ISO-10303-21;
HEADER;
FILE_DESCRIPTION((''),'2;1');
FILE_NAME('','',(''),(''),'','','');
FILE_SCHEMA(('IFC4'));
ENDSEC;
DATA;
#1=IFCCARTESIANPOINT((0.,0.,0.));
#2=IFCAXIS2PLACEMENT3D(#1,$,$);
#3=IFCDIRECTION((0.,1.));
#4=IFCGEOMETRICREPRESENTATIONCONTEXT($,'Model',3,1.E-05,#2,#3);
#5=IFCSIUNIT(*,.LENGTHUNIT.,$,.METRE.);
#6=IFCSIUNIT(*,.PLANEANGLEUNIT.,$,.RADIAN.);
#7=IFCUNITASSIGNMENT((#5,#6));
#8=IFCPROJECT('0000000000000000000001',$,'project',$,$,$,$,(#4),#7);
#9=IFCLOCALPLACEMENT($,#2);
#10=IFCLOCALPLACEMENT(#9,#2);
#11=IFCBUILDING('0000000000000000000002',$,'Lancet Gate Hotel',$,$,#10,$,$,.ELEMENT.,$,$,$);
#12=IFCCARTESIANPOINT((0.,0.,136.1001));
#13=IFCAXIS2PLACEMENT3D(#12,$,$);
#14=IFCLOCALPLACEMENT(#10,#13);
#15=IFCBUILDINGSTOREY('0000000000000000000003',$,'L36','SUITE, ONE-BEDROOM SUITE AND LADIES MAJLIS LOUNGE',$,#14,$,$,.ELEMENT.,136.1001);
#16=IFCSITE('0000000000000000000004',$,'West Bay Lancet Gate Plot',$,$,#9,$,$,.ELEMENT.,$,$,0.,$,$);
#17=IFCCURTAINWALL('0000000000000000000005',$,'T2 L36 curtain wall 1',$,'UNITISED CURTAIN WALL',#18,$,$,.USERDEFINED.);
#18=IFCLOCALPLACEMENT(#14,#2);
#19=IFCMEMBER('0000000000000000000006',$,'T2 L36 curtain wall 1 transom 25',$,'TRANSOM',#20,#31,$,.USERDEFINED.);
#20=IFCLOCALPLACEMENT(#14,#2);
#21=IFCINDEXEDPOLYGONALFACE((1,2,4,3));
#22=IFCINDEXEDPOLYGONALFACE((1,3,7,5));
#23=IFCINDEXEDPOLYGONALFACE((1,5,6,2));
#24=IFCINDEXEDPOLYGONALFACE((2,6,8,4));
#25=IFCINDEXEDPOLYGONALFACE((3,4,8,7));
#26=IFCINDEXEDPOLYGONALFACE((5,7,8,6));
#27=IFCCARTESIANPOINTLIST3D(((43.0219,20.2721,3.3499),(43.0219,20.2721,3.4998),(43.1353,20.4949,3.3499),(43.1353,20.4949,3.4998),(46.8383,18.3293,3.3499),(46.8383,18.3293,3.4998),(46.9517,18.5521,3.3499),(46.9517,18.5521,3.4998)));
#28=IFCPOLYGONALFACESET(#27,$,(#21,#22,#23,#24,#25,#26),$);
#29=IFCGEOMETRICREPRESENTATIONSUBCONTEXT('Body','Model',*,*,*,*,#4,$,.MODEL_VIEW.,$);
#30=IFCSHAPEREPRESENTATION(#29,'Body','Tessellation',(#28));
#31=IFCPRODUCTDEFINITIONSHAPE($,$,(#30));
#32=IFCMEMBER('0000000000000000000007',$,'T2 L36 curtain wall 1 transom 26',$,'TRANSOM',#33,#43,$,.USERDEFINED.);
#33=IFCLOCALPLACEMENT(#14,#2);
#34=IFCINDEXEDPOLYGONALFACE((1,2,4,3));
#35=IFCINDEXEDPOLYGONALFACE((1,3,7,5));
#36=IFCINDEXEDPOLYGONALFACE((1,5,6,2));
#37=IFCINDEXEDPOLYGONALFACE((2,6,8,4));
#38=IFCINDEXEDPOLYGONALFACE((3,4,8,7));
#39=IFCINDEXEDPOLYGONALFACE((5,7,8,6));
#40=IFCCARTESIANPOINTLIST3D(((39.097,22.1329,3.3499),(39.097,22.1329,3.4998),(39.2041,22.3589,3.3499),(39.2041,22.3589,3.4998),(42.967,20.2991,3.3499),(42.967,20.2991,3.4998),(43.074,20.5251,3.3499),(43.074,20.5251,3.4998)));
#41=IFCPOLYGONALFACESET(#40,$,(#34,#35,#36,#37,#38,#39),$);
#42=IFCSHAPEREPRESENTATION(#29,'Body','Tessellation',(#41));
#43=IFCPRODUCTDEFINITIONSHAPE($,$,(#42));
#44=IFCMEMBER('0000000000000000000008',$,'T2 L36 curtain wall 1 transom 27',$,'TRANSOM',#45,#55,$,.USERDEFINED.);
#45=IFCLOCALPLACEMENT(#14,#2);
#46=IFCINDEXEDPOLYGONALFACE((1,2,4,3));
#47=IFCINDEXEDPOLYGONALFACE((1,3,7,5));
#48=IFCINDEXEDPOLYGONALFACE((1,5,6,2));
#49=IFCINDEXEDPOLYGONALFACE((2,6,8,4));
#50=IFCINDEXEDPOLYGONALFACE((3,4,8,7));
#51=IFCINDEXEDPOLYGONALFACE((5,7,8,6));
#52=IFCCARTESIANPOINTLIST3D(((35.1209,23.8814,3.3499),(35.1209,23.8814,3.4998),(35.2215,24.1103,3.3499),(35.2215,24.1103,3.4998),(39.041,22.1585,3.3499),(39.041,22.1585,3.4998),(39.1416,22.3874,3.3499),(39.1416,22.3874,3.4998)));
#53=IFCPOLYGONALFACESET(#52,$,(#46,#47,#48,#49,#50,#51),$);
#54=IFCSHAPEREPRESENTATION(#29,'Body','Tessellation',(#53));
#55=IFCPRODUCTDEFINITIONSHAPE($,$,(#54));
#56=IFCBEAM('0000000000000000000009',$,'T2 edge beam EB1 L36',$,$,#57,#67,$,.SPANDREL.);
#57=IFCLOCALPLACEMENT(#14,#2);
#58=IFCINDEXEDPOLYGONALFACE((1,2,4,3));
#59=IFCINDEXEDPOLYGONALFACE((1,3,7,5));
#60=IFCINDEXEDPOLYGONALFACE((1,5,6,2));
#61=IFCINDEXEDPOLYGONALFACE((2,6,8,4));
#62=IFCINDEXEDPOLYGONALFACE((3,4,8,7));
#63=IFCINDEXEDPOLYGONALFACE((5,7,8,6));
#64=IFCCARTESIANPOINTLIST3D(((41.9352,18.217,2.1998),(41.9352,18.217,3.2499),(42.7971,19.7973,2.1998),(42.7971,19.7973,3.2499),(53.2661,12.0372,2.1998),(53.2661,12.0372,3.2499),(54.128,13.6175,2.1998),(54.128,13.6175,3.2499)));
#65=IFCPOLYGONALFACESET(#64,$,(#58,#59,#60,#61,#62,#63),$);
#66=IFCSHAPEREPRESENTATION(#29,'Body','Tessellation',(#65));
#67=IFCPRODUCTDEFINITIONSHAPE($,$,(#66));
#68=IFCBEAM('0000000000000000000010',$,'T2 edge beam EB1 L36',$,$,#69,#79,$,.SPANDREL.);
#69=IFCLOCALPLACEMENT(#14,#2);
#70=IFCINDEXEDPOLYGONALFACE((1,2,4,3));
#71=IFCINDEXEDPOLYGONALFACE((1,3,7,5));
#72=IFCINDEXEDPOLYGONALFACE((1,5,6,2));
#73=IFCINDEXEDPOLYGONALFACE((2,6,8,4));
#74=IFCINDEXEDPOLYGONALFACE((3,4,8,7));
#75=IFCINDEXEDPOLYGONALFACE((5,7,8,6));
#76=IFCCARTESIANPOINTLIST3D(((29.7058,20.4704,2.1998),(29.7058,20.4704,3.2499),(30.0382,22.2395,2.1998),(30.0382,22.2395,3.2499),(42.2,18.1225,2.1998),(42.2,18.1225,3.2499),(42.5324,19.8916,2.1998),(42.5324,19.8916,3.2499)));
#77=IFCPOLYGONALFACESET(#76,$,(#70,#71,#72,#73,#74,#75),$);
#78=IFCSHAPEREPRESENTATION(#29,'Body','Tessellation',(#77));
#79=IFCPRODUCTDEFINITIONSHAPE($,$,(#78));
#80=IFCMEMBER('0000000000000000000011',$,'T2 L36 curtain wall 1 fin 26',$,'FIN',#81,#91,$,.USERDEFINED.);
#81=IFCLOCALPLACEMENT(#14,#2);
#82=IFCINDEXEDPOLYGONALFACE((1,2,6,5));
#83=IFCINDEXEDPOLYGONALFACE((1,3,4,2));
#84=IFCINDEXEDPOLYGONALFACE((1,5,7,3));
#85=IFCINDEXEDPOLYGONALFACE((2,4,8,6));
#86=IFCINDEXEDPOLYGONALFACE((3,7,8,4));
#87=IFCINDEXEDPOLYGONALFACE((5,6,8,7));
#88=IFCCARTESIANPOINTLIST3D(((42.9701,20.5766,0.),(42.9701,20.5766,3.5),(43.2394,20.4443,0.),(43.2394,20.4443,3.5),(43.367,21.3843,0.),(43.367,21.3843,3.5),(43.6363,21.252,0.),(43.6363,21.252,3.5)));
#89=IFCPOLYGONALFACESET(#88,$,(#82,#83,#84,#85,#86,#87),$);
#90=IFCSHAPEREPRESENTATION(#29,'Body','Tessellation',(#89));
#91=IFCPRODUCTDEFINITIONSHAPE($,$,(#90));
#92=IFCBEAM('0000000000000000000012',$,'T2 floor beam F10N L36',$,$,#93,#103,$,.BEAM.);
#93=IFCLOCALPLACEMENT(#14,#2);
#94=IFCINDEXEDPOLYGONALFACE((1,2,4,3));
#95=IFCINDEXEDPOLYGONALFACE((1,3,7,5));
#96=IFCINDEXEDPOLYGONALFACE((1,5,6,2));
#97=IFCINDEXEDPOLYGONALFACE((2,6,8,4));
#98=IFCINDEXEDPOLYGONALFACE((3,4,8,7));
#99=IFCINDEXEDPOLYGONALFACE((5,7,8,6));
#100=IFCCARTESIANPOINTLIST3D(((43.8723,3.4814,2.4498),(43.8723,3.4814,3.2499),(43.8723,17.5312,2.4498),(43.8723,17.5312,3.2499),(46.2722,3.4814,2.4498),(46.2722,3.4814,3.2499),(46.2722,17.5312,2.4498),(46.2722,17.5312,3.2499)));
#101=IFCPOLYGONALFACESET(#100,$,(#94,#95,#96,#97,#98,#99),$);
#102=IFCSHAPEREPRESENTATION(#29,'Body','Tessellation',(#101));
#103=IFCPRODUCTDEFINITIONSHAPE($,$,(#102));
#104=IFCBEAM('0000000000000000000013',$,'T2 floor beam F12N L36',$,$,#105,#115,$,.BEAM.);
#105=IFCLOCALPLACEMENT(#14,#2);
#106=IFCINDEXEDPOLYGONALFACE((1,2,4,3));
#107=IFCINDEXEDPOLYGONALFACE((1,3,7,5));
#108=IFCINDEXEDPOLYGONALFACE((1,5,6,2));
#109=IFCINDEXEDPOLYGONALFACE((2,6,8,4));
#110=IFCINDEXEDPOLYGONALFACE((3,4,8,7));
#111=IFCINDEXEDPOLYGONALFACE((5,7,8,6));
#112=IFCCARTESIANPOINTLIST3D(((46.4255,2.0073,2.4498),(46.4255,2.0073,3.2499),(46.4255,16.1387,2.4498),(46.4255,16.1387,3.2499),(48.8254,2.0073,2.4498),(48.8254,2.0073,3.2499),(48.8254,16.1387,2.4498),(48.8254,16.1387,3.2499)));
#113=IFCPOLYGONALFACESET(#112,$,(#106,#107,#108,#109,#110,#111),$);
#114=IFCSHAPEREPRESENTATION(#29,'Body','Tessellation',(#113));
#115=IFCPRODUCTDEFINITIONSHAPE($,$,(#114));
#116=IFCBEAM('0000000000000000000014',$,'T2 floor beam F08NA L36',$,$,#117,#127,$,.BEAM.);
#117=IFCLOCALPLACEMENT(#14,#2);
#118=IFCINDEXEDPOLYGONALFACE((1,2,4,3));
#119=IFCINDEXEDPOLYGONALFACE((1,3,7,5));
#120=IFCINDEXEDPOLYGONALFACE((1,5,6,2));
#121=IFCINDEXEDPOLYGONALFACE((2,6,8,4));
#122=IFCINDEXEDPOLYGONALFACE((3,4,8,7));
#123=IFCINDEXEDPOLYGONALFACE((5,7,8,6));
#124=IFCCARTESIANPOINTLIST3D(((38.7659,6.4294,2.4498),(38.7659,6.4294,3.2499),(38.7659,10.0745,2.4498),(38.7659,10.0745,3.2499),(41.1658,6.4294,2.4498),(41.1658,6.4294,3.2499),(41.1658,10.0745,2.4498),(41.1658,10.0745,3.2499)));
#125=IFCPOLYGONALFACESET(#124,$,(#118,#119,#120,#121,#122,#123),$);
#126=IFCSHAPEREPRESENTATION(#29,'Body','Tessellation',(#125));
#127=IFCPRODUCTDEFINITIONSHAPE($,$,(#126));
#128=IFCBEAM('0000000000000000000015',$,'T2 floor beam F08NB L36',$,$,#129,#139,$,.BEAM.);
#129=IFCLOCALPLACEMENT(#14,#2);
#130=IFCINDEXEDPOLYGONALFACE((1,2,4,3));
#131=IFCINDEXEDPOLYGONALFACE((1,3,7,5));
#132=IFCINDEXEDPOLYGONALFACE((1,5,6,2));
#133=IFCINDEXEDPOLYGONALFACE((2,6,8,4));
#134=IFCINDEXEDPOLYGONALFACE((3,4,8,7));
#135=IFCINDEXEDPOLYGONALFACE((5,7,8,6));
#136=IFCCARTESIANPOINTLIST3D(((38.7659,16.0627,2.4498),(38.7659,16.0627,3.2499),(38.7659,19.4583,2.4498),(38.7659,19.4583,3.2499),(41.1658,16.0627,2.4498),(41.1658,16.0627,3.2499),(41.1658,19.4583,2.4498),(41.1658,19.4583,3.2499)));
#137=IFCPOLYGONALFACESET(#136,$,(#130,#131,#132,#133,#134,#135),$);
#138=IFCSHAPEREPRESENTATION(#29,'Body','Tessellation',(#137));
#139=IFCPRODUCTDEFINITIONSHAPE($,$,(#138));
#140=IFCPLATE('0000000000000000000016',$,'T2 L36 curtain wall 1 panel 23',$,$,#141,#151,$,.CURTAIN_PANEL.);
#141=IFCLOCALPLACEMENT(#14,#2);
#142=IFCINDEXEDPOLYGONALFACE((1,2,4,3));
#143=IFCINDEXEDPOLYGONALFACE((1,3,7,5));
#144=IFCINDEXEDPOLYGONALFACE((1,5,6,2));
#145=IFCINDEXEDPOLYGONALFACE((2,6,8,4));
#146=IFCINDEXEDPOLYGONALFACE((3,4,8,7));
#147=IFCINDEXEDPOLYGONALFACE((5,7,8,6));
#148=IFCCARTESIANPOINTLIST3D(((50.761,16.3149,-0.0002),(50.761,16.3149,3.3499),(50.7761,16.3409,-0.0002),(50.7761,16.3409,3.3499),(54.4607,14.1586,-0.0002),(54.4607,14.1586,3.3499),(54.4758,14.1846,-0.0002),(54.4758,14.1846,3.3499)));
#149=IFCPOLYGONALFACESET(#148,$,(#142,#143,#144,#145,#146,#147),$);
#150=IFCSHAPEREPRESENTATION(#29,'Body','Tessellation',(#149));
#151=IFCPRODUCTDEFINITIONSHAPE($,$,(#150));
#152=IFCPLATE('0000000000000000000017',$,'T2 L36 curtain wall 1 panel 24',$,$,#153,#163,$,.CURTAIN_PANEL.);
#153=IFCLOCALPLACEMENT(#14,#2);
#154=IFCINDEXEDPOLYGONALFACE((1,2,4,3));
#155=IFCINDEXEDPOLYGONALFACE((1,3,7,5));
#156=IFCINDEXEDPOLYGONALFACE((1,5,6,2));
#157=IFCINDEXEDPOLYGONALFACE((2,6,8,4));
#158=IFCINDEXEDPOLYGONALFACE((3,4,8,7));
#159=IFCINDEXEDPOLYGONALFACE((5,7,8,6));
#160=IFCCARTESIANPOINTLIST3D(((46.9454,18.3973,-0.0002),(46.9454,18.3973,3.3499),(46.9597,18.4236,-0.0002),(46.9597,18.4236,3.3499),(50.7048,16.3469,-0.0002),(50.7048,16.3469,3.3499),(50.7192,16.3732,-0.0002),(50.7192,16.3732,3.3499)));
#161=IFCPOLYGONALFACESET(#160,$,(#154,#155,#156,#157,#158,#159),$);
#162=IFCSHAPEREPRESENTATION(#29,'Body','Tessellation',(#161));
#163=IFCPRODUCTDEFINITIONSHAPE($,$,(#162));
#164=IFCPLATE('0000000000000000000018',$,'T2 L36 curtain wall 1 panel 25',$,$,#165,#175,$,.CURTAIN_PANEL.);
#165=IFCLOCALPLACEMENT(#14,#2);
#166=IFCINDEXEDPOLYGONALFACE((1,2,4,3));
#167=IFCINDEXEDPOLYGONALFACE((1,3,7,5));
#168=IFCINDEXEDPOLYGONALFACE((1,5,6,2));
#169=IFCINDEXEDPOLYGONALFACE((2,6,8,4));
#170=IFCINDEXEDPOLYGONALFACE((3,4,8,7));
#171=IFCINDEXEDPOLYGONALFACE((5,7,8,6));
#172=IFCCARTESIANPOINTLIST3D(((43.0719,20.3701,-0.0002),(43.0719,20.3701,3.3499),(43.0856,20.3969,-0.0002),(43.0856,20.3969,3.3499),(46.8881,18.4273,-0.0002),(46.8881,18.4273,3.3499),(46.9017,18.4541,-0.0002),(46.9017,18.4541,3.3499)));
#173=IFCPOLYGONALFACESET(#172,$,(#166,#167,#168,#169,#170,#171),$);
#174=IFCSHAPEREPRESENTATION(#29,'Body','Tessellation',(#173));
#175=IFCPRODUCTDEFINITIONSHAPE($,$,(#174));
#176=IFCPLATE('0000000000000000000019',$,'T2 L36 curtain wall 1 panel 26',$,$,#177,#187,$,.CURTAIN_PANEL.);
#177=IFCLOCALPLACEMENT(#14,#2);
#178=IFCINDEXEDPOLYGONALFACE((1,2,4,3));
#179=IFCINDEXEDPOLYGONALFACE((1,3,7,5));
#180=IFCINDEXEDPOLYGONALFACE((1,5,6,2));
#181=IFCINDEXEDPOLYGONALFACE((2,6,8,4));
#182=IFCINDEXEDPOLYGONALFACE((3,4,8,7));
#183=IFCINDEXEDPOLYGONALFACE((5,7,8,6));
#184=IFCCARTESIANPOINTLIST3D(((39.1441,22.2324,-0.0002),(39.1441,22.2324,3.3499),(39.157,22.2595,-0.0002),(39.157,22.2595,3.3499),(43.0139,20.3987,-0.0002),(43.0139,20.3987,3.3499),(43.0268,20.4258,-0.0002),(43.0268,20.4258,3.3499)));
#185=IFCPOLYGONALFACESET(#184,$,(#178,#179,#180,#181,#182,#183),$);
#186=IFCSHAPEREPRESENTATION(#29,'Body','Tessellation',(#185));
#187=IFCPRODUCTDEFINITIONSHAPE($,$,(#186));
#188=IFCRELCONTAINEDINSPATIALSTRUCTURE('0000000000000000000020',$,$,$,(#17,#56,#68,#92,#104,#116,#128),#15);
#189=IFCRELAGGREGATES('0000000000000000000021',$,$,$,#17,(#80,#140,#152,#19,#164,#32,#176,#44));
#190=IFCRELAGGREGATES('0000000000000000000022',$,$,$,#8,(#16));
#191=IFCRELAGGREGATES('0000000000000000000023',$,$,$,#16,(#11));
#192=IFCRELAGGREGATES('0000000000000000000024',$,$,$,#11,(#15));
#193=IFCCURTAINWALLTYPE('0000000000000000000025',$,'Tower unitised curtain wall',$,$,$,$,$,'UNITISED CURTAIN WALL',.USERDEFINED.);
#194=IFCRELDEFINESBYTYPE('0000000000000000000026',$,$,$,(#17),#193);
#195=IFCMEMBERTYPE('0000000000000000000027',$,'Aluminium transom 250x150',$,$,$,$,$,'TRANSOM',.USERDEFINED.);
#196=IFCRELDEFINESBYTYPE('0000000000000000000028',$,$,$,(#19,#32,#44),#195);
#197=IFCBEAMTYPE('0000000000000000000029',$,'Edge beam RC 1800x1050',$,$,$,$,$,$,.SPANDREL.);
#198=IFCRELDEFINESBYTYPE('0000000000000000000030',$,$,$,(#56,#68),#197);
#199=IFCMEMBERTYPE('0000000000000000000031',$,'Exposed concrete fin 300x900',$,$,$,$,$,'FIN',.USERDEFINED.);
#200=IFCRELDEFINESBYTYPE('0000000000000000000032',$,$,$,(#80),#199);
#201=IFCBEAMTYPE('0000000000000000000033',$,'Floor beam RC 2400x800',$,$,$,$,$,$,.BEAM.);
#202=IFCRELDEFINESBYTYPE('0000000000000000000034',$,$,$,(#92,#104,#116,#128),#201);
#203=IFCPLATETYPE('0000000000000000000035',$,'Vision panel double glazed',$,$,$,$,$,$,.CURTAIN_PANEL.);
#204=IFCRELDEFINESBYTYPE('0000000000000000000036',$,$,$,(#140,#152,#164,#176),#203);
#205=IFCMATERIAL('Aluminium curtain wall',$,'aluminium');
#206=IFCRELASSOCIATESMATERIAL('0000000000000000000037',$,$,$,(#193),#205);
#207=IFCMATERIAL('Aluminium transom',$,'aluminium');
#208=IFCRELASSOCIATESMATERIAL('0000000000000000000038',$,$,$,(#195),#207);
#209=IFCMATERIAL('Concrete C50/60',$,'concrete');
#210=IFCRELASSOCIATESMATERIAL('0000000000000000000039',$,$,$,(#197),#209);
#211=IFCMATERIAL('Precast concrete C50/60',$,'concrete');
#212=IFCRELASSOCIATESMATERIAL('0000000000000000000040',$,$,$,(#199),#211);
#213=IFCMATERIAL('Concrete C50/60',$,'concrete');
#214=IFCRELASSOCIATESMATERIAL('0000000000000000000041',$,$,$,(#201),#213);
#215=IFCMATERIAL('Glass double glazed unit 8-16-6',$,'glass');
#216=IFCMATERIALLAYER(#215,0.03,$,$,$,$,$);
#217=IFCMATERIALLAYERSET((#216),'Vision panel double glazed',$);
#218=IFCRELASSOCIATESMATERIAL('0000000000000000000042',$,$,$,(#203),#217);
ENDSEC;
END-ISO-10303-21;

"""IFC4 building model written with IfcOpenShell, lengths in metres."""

from ifc_helpers import new_model, si_unit, direction, frame, origin, origin_2d, place, context, subcontext, project, spatial, rectangle, extrude, material, layer, layer_set, material_profile, profile_set, type_object, element, aggregate, save


model = new_model("IFC4")

# Units and contexts
model_context = context("Model", 3, precision=1e-05, world=origin(), true_north=direction((0.0, 1.0)))
body_context = subcontext(model_context, "Body", "Model", "MODEL_VIEW")
ifc_project = project(units=[si_unit("LENGTHUNIT", "METRE"), si_unit("PLANEANGLEUNIT", "RADIAN")], contexts=[model_context])

# Site, building, storey
site_placement = place(None, origin())
site = spatial("IfcSite", under=ifc_project, at=site_placement, Name="West Bay Lancet Gate Plot", CompositionType="ELEMENT", RefElevation=0.0)
building_placement = place(site_placement, origin())
building = spatial("IfcBuilding", under=site, at=building_placement, Name="Lancet Gate Hotel", CompositionType="ELEMENT")
storey_placement = place(building_placement, frame((0.0, 0.0, 136.1001)))
storey = spatial("IfcBuildingStorey", under=building, at=storey_placement, Name="L36", Description="SUITE, ONE-BEDROOM SUITE AND LADIES MAJLIS LOUNGE", CompositionType="ELEMENT", Elevation=136.1001)

# Curtain wall, members
ifc_material_1 = material(Name="Aluminium curtain wall", Category="aluminium")
curtain_wall_type = type_object("IfcCurtainWallType", Name="Tower unitised curtain wall", ElementType="UNITISED CURTAIN WALL", PredefinedType="USERDEFINED", material=ifc_material_1)
curtain_wall_placement = place(storey_placement, origin())
curtain_wall = element("IfcCurtainWall", 1, at=curtain_wall_placement, inside=storey, type_object=curtain_wall_type, Name="T2 L36 curtain wall 1", ObjectType="UNITISED CURTAIN WALL", PredefinedType="USERDEFINED")
ifc_material_2 = material(Name="Aluminium transom", Category="aluminium")
ifc_material_profile_1 = material_profile(ifc_material_2, rectangle(XDim=0.25, YDim=0.1499, at=origin_2d()), Name="TRANSOM 250x150")
ifc_profile_set_1 = profile_set([ifc_material_profile_1], Name="Aluminium transom")
member_type_1 = type_object("IfcMemberType", Name="Aluminium transom 250x150", ElementType="TRANSOM", PredefinedType="USERDEFINED", material=ifc_profile_set_1)
member_1_placement = place(storey_placement, frame((46.895, 18.4407, 3.4248), z_axis=(-0.891166, 0.453678, 0.0), x_axis=(-0.453678, -0.891166, 0.0)))
member_1 = element("IfcMember", 2, at=member_1_placement, type_object=member_type_1, Name="T2 L36 curtain wall 1 transom 25", ObjectType="TRANSOM", PredefinedType="USERDEFINED", context=body_context, shape_type="SweptSolid", body=[
    extrude(rectangle(XDim=0.25, YDim=0.1499, at=origin_2d()), origin(), (0.0, 0.0, 1.0), 4.2825),
])
member_2_placement = place(storey_placement, frame((43.0205, 20.4121, 3.4248), z_axis=(-0.90368, 0.428209, 0.0), x_axis=(-0.428209, -0.90368, 0.0)))
member_2 = element("IfcMember", 3, at=member_2_placement, type_object=member_type_1, Name="T2 L36 curtain wall 1 transom 26", ObjectType="TRANSOM", PredefinedType="USERDEFINED", context=body_context, shape_type="SweptSolid", body=[
    extrude(rectangle(XDim=0.25, YDim=0.1499, at=origin_2d()), origin(), (0.0, 0.0, 1.0), 4.2825),
])
member_3_placement = place(storey_placement, frame((39.0913, 22.2729, 3.4248), z_axis=(-0.915485, 0.402353, 0.0), x_axis=(-0.402353, -0.915485, 0.0)))
member_3 = element("IfcMember", 4, at=member_3_placement, type_object=member_type_1, Name="T2 L36 curtain wall 1 transom 27", ObjectType="TRANSOM", PredefinedType="USERDEFINED", context=body_context, shape_type="SweptSolid", body=[
    extrude(rectangle(XDim=0.25, YDim=0.1499, at=origin_2d()), origin(), (0.0, 0.0, 1.0), 4.282),
])

# Beams
ifc_material_3 = material(Name="Concrete C50/60", Category="concrete")
ifc_material_profile_2 = material_profile(ifc_material_3, rectangle(XDim=1.8, YDim=1.05, at=origin_2d()), Name="RC 1800x1050")
ifc_profile_set_2 = profile_set([ifc_material_profile_2], Name="Concrete C50/60")
beam_type_1 = type_object("IfcBeamType", Name="Edge beam RC 1800x1050", PredefinedType="SPANDREL", material=ifc_profile_set_2)
beam_1_placement = place(storey_placement, frame((53.697, 12.8274, 2.7249), z_axis=(-0.87792, 0.478807, 0.0), x_axis=(-0.478807, -0.87792, 0.0)))
element("IfcBeam", 5, at=beam_1_placement, inside=storey, type_object=beam_type_1, Name="T2 edge beam EB1 L36", PredefinedType="SPANDREL", context=body_context, shape_type="SweptSolid", body=[
    extrude(rectangle(XDim=1.8, YDim=1.05, at=origin_2d()), origin(), (0.0, 0.0, 1.0), 12.9065),
])
beam_2_placement = place(storey_placement, frame((42.3662, 19.0071, 2.7249), z_axis=(-0.982797, 0.184687, 0.0), x_axis=(-0.184687, -0.982797, 0.0)))
element("IfcBeam", 6, at=beam_2_placement, inside=storey, type_object=beam_type_1, Name="T2 edge beam EB1 L36", PredefinedType="SPANDREL", context=body_context, shape_type="SweptSolid", body=[
    extrude(rectangle(XDim=1.8, YDim=1.05, at=origin_2d()), origin(), (0.0, 0.0, 1.0), 12.7129),
])

# Member
ifc_material_4 = material(Name="Precast concrete C50/60", Category="concrete")
ifc_material_profile_3 = material_profile(ifc_material_4, rectangle(XDim=0.3, YDim=0.8999, at=origin_2d()), Name="FIN 300x900")
ifc_profile_set_3 = profile_set([ifc_material_profile_3], Name="Precast concrete C50/60")
member_type_2 = type_object("IfcMemberType", Name="Exposed concrete fin 300x900", ElementType="FIN", PredefinedType="USERDEFINED", material=ifc_profile_set_3)
member_4_placement = place(storey_placement, frame((43.3032, 20.9143, 0.0), z_axis=(0.0, 0.0, 1.0), x_axis=(-0.897512, 0.44099, 0.0)))
member_4 = element("IfcMember", 7, at=member_4_placement, type_object=member_type_2, Name="T2 L36 curtain wall 1 fin 26", ObjectType="FIN", PredefinedType="USERDEFINED", context=body_context, shape_type="SweptSolid", body=[
    extrude(rectangle(XDim=0.3, YDim=0.8999, at=origin_2d()), origin(), (0.0, 0.0, 1.0), 3.5),
])

# Beams
ifc_material_5 = material(Name="Concrete C50/60", Category="concrete")
ifc_material_profile_4 = material_profile(ifc_material_5, rectangle(XDim=2.3999, YDim=0.8, at=origin_2d()), Name="RC 2400x800")
ifc_profile_set_4 = profile_set([ifc_material_profile_4], Name="Concrete C50/60")
beam_type_2 = type_object("IfcBeamType", Name="Floor beam RC 2400x800", PredefinedType="BEAM", material=ifc_profile_set_4)
beam_3_placement = place(storey_placement, frame((45.0723, 3.4814, 2.8499), z_axis=(0.0, 1.0, 0.0), x_axis=(-1.0, 0.0, 0.0)))
element("IfcBeam", 8, at=beam_3_placement, inside=storey, type_object=beam_type_2, Name="T2 floor beam F10N L36", PredefinedType="BEAM", context=body_context, shape_type="SweptSolid", body=[
    extrude(rectangle(XDim=2.3999, YDim=0.8, at=origin_2d()), origin(), (0.0, 0.0, 1.0), 14.0498),
])
beam_4_placement = place(storey_placement, frame((47.6255, 2.0073, 2.8499), z_axis=(0.0, 1.0, 0.0), x_axis=(-1.0, 0.0, 0.0)))
element("IfcBeam", 9, at=beam_4_placement, inside=storey, type_object=beam_type_2, Name="T2 floor beam F12N L36", PredefinedType="BEAM", context=body_context, shape_type="SweptSolid", body=[
    extrude(rectangle(XDim=2.3999, YDim=0.8, at=origin_2d()), origin(), (0.0, 0.0, 1.0), 14.1313),
])
beam_5_placement = place(storey_placement, frame((39.9658, 6.4294, 2.8499), z_axis=(0.0, 1.0, 0.0), x_axis=(-1.0, 0.0, 0.0)))
element("IfcBeam", 10, at=beam_5_placement, inside=storey, type_object=beam_type_2, Name="T2 floor beam F08NA L36", PredefinedType="BEAM", context=body_context, shape_type="SweptSolid", body=[
    extrude(rectangle(XDim=2.3999, YDim=0.8, at=origin_2d()), origin(), (0.0, 0.0, 1.0), 3.645),
])
beam_6_placement = place(storey_placement, frame((39.9658, 16.0627, 2.8499), z_axis=(0.0, 1.0, 0.0), x_axis=(-1.0, 0.0, 0.0)))
element("IfcBeam", 11, at=beam_6_placement, inside=storey, type_object=beam_type_2, Name="T2 floor beam F08NB L36", PredefinedType="BEAM", context=body_context, shape_type="SweptSolid", body=[
    extrude(rectangle(XDim=2.3999, YDim=0.8, at=origin_2d()), origin(), (0.0, 0.0, 1.0), 3.3955),
])

# Plates
ifc_material_6 = material(Name="Glass double glazed unit 8-16-6", Category="glass")
ifc_layer_1 = layer(ifc_material_6, 0.03)
ifc_layer_set_1 = layer_set([ifc_layer_1], Name="Vision panel double glazed")
plate_type = type_object("IfcPlateType", Name="Vision panel double glazed", PredefinedType="CURTAIN_PANEL", material=ifc_layer_set_1)
plate_1_placement = place(storey_placement, frame((52.6184, 15.2498, -0.0002), z_axis=(0.0, 0.0, 1.0), x_axis=(-0.863966, 0.503551, 0.0)))
plate_1 = element("IfcPlate", 12, at=plate_1_placement, type_object=plate_type, Name="T2 L36 curtain wall 1 panel 23", PredefinedType="CURTAIN_PANEL", context=body_context, shape_type="SweptSolid", body=[
    extrude(rectangle(XDim=4.2822, YDim=0.03, at=origin_2d()), origin(), (0.0, 0.0, 1.0), 3.3501),
])
plate_2_placement = place(storey_placement, frame((48.8323, 17.3853, -0.0002), z_axis=(0.0, 0.0, 1.0), x_axis=(-0.877916, 0.478814, 0.0)))
plate_2 = element("IfcPlate", 13, at=plate_2_placement, type_object=plate_type, Name="T2 L36 curtain wall 1 panel 24", PredefinedType="CURTAIN_PANEL", context=body_context, shape_type="SweptSolid", body=[
    extrude(rectangle(XDim=4.2822, YDim=0.03, at=origin_2d()), origin(), (0.0, 0.0, 1.0), 3.3501),
])
plate_3_placement = place(storey_placement, frame((44.9868, 19.4121, -0.0002), z_axis=(0.0, 0.0, 1.0), x_axis=(-0.891159, 0.45369, 0.0)))
plate_3 = element("IfcPlate", 14, at=plate_3_placement, type_object=plate_type, Name="T2 L36 curtain wall 1 panel 25", PredefinedType="CURTAIN_PANEL", context=body_context, shape_type="SweptSolid", body=[
    extrude(rectangle(XDim=4.2822, YDim=0.03, at=origin_2d()), origin(), (0.0, 0.0, 1.0), 3.3501),
])
plate_4_placement = place(storey_placement, frame((41.0854, 21.3291, -0.0002), z_axis=(0.0, 0.0, 1.0), x_axis=(-0.903683, 0.428201, 0.0)))
plate_4 = element("IfcPlate", 15, at=plate_4_placement, type_object=plate_type, Name="T2 L36 curtain wall 1 panel 26", PredefinedType="CURTAIN_PANEL", context=body_context, shape_type="SweptSolid", body=[
    extrude(rectangle(XDim=4.2822, YDim=0.03, at=origin_2d()), origin(), (0.0, 0.0, 1.0), 3.3501),
])
aggregate(curtain_wall, [member_4, plate_1, plate_2, member_1, plate_3, member_2, plate_4, member_3])

save(model, "model.ifc")
